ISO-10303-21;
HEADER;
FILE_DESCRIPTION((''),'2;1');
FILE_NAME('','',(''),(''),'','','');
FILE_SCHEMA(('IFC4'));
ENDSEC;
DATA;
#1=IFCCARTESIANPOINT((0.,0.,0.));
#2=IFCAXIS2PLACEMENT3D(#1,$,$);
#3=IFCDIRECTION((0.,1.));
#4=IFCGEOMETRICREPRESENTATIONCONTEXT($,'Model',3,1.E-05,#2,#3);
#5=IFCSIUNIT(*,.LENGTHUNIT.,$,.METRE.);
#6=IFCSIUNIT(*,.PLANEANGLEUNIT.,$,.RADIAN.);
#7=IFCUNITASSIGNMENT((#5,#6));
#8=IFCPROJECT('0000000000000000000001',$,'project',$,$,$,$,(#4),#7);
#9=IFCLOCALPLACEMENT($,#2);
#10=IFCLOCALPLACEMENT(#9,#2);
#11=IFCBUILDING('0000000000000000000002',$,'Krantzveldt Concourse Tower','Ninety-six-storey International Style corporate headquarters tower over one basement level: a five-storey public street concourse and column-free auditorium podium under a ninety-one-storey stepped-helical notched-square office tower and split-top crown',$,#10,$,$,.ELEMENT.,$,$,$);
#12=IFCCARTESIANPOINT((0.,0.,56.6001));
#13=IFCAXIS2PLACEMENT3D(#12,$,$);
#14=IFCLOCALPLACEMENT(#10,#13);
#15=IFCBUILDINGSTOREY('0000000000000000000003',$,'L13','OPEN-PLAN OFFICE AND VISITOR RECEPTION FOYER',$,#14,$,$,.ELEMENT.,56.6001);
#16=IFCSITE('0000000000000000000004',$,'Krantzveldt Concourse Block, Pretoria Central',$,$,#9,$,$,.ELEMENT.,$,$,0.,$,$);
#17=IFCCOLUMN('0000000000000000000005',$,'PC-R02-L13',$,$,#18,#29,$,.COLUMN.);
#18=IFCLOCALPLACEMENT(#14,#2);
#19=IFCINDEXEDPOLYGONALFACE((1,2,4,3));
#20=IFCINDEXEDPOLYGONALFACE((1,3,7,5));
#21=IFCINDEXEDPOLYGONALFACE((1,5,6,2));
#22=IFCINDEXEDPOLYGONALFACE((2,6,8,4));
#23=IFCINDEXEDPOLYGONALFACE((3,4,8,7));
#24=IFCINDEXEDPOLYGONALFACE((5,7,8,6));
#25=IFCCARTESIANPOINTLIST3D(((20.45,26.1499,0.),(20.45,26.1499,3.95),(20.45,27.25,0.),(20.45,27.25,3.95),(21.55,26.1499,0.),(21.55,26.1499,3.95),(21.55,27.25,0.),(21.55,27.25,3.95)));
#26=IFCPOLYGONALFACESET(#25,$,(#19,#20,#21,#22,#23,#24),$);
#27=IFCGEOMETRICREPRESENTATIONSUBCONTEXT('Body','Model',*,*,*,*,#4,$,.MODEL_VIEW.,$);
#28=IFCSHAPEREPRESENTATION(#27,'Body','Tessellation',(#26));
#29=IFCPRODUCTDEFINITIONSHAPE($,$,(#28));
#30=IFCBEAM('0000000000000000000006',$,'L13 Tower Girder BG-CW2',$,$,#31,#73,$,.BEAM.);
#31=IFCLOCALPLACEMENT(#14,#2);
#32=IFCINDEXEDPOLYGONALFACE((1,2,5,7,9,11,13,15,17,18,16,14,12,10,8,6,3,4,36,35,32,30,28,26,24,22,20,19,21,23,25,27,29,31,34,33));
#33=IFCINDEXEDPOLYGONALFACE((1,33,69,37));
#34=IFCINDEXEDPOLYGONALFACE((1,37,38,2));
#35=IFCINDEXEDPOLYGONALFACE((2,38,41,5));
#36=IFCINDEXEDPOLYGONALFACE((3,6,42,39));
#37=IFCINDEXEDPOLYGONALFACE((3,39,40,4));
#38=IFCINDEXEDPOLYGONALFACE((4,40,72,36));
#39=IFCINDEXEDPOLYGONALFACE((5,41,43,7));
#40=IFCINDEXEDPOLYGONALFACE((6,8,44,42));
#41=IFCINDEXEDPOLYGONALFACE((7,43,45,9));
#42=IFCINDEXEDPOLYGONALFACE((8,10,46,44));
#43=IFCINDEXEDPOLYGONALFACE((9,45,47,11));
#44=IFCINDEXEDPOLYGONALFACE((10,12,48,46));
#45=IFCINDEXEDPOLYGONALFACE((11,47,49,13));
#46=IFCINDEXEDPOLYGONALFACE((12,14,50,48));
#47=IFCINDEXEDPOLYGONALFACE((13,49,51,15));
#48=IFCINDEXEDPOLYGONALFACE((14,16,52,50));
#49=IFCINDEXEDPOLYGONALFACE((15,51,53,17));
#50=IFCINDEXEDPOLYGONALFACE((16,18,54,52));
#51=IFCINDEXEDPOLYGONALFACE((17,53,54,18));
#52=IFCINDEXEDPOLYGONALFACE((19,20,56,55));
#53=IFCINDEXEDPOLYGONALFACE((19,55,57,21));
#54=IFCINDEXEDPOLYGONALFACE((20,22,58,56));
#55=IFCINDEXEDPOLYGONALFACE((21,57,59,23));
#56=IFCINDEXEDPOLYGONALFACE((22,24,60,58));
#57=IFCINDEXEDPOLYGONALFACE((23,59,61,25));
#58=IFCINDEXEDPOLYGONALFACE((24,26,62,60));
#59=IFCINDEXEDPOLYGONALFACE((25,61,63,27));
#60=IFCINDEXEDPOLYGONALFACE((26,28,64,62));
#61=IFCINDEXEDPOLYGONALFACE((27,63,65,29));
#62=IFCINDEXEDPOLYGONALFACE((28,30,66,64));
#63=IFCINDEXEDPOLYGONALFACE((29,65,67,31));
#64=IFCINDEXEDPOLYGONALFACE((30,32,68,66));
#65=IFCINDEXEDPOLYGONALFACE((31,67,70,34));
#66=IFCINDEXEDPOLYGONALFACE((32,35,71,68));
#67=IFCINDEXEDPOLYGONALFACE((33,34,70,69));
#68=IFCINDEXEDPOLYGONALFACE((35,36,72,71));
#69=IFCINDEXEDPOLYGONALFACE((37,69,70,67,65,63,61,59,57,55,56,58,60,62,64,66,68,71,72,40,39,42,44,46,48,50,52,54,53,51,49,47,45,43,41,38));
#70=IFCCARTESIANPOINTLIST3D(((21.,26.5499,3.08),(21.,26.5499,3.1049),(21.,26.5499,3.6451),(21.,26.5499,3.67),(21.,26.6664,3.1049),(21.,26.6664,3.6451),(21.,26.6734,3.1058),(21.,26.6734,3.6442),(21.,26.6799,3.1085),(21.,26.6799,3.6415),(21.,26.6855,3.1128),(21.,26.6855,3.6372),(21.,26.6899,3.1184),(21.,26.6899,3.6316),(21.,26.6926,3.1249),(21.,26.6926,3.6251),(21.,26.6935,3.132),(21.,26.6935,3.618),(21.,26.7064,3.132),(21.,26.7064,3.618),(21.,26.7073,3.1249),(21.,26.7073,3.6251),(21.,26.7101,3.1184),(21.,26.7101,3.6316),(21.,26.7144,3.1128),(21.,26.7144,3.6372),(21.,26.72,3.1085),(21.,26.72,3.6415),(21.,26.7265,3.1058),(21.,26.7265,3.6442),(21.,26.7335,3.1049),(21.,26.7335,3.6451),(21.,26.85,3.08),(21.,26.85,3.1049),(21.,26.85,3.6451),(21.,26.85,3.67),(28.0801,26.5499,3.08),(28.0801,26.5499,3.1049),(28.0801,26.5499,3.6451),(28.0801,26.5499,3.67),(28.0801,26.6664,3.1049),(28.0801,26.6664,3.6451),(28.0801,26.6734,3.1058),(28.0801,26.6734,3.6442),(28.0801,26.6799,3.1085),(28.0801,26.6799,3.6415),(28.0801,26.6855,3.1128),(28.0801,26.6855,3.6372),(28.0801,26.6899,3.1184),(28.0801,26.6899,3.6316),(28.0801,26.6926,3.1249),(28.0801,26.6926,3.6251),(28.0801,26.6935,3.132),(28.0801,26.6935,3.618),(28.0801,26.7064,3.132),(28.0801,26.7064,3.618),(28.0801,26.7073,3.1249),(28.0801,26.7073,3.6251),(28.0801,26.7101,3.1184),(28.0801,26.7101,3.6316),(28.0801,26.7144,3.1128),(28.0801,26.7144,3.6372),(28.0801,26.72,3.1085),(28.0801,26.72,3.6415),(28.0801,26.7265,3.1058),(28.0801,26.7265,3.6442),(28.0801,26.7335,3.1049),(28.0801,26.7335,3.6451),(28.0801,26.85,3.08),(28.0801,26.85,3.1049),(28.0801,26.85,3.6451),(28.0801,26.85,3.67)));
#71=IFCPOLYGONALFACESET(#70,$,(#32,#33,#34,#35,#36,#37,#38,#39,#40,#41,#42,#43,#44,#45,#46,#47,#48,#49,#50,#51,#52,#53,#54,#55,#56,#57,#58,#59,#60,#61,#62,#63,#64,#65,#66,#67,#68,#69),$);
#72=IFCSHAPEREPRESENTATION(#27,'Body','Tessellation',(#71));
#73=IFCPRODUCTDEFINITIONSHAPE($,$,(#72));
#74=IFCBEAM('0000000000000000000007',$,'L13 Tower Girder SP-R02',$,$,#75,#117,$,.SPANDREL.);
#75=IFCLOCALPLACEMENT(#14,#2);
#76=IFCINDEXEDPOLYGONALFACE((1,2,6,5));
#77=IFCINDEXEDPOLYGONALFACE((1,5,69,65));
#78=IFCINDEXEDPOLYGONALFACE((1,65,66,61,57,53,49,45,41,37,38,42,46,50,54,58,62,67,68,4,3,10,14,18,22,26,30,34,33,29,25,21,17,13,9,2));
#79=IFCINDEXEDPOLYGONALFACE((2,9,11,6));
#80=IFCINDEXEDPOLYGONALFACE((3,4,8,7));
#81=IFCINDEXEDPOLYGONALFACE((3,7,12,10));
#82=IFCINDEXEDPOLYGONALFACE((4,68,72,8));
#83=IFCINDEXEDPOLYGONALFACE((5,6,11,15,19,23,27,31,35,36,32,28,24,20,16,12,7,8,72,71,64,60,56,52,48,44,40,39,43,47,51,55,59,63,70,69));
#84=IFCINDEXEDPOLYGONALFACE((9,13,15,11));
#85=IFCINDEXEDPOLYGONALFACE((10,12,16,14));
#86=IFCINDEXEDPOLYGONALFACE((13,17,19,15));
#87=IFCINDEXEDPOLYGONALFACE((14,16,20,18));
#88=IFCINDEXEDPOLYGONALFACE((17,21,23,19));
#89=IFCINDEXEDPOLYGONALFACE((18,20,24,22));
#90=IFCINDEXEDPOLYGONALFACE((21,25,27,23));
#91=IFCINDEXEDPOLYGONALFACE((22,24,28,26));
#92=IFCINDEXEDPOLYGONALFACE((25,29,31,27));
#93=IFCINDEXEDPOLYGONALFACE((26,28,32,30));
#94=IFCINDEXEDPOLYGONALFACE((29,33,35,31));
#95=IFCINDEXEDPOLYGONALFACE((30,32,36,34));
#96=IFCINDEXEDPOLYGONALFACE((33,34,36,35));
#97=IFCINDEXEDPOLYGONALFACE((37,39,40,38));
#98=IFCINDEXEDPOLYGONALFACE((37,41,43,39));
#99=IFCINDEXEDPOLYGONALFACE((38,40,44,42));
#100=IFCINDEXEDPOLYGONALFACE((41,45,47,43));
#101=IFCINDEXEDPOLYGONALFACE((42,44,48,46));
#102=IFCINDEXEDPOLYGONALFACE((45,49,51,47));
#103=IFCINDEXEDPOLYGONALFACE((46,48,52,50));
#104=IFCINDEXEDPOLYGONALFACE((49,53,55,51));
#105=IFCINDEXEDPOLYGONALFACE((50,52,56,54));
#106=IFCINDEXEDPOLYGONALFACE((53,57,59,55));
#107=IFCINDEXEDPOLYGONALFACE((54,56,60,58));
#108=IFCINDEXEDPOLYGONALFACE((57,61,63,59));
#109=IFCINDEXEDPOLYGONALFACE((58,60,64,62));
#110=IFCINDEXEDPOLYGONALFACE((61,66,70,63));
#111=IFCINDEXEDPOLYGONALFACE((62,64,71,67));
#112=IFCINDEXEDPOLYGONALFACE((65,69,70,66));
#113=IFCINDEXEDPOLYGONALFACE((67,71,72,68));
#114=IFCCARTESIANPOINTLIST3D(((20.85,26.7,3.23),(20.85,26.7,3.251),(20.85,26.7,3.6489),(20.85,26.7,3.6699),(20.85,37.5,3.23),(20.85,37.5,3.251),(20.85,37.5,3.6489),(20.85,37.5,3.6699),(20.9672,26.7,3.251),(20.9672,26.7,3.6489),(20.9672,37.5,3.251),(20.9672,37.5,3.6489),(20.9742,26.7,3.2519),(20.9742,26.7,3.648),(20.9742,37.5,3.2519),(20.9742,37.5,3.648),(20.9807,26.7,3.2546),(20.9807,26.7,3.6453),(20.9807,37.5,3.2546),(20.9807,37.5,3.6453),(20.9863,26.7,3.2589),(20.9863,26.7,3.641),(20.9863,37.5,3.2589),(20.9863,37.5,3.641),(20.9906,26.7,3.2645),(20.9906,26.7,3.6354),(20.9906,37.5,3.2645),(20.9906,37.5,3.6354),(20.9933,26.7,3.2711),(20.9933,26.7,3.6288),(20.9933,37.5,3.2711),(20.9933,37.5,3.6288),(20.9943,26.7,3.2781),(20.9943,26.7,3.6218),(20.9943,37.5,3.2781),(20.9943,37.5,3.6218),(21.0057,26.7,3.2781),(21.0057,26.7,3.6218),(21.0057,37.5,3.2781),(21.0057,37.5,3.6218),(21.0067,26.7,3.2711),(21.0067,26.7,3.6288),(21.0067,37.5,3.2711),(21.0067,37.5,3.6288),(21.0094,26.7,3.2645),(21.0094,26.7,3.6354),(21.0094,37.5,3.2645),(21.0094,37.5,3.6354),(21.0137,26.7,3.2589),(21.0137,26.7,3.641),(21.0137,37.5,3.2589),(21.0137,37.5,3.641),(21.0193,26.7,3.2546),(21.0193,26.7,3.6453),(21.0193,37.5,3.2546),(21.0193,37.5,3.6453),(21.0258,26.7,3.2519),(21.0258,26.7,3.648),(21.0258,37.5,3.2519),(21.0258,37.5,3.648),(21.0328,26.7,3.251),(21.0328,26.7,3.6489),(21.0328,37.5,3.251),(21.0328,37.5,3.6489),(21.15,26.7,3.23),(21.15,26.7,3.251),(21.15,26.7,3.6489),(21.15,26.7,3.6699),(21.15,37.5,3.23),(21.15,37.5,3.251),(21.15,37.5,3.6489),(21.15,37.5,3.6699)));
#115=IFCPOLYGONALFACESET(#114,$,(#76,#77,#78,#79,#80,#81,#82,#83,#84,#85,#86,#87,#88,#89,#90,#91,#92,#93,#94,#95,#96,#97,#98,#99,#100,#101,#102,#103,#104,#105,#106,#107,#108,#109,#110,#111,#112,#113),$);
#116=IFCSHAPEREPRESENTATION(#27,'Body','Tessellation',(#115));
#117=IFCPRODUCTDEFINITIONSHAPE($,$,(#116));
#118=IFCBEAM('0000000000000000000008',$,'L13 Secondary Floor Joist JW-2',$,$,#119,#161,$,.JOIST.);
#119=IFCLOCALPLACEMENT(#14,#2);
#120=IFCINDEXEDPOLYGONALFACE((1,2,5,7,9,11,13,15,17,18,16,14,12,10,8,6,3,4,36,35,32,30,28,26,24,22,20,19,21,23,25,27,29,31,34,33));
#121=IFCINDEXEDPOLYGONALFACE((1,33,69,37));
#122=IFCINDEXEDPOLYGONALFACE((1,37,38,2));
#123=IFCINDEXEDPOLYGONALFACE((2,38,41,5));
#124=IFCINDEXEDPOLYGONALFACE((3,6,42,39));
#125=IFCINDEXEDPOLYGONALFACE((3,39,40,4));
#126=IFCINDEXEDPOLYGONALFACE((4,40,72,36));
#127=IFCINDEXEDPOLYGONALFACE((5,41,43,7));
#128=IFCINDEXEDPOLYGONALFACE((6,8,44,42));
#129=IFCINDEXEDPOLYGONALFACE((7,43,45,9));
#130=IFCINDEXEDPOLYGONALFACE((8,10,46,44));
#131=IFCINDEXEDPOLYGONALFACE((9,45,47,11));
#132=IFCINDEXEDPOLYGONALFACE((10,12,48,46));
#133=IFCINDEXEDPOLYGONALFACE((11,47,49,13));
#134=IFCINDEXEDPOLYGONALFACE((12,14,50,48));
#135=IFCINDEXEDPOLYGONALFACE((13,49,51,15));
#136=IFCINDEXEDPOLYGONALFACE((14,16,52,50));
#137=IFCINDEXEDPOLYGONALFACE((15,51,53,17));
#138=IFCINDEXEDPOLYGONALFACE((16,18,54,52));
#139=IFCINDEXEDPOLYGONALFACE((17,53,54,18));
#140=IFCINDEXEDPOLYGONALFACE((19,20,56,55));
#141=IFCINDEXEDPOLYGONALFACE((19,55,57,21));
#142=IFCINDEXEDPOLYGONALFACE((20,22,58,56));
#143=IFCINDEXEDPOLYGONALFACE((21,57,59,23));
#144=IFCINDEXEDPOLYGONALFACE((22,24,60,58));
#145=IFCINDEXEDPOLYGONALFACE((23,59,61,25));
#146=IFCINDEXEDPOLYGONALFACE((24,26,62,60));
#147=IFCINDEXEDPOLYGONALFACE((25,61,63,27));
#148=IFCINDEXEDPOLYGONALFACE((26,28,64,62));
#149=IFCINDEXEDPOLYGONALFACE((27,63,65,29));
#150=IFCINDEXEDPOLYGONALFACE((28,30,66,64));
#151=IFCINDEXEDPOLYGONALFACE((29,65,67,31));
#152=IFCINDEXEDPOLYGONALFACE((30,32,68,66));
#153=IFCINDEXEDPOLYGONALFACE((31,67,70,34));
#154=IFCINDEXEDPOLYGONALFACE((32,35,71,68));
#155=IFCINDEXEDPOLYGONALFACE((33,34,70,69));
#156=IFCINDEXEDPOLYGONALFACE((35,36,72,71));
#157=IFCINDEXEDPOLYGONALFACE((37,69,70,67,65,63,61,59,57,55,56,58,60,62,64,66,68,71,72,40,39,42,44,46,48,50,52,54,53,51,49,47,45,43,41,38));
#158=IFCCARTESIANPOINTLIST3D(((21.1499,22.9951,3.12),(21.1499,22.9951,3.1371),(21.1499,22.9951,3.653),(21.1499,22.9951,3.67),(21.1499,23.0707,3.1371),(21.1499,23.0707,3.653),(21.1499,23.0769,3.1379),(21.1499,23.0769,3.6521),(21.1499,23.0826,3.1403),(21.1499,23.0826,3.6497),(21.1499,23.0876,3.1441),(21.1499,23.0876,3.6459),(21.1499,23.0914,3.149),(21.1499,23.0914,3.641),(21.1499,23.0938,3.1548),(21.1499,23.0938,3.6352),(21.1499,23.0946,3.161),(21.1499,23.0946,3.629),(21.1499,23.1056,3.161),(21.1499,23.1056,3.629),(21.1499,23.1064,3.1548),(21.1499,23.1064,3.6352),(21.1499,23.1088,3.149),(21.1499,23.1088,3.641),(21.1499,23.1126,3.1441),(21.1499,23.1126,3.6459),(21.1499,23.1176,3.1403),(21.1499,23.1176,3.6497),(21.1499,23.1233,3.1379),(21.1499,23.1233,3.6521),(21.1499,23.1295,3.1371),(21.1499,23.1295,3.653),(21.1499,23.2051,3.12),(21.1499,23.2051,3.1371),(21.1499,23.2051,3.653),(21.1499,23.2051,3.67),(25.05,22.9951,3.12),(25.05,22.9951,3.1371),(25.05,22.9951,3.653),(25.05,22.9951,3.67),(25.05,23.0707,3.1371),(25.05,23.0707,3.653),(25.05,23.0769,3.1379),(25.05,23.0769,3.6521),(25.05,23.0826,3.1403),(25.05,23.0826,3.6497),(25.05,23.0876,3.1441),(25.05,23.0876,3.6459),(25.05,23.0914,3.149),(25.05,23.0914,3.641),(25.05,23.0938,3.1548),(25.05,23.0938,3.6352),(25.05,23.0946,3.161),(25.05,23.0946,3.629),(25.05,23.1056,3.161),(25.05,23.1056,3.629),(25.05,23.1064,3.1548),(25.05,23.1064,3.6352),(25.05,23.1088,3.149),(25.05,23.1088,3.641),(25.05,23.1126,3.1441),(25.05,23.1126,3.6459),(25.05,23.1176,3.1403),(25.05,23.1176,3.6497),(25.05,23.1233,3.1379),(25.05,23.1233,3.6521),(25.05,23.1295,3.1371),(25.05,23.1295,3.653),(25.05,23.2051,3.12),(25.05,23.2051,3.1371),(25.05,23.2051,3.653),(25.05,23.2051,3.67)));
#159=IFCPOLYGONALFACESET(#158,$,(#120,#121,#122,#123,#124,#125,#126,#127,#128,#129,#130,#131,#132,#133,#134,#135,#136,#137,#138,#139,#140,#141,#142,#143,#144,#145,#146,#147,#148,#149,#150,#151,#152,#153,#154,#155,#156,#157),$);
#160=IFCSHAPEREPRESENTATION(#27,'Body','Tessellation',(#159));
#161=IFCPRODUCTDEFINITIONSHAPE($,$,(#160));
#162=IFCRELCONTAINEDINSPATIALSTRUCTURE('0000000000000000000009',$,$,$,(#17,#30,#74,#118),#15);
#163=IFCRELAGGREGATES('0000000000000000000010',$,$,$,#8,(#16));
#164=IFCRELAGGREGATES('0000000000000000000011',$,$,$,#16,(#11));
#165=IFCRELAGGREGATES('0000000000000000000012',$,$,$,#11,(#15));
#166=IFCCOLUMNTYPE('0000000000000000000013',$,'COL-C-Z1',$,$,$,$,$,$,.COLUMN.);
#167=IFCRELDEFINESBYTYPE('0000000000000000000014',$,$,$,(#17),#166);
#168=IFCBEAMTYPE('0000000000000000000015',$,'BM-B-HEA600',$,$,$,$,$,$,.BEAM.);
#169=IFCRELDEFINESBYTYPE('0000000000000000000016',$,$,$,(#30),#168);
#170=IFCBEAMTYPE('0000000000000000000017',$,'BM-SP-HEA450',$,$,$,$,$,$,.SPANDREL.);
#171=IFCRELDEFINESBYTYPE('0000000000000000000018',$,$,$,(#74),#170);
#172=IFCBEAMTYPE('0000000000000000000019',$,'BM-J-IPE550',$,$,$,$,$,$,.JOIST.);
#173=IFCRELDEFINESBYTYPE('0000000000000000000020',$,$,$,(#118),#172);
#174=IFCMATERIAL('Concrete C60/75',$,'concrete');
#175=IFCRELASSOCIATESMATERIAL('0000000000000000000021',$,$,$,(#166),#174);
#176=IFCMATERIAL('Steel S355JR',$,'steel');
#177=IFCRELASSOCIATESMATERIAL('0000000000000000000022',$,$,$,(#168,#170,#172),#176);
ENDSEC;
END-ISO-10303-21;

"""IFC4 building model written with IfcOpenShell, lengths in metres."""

from ifc_helpers import new_model, si_unit, direction, frame, origin, origin_2d, place, context, subcontext, project, spatial, rectangle, i_section, extrude, source, transform, mapped, material, material_profile, profile_set, type_object, type_shapes, element, save


model = new_model("IFC4")

# Units and contexts
model_context = context("Model", 3, precision=1e-05, world=origin(), true_north=direction((0.0, 1.0)))
body_context = subcontext(model_context, "Body", "Model", "MODEL_VIEW")
ifc_project = project(units=[si_unit("LENGTHUNIT", "METRE"), si_unit("PLANEANGLEUNIT", "RADIAN")], contexts=[model_context])

# Site, building, storey
site_placement = place(None, origin())
site = spatial("IfcSite", under=ifc_project, at=site_placement, Name="Krantzveldt Concourse Block, Pretoria Central", CompositionType="ELEMENT", RefElevation=0.0)
building_placement = place(site_placement, origin())
building = spatial("IfcBuilding", under=site, at=building_placement, Name="Krantzveldt Concourse Tower", Description="Ninety-six-storey International Style corporate headquarters tower over one basement level: a five-storey public street concourse and column-free auditorium podium under a ninety-one-storey stepped-helical notched-square office tower and split-top crown", CompositionType="ELEMENT")
storey_placement = place(building_placement, frame((0.0, 0.0, 56.6001)))
storey = spatial("IfcBuildingStorey", under=building, at=storey_placement, Name="L13", Description="OPEN-PLAN OFFICE AND VISITOR RECEPTION FOYER", CompositionType="ELEMENT", Elevation=56.6001)

# Column
ifc_material_1 = material(Name="Concrete C60/75", Category="concrete")
ifc_material_profile_1 = material_profile(ifc_material_1, rectangle(XDim=1.1001, YDim=1.1001, at=origin_2d()), Name="Concrete C60/75", Category="concrete")
ifc_profile_set_1 = profile_set([ifc_material_profile_1], Name="Concrete C60/75 - RC 1100x1100")
column_type = type_object("IfcColumnType", Name="COL-C-Z1", PredefinedType="COLUMN", material=ifc_profile_set_1)
shared_shape_1 = source(origin(), body_context, "Body", "SweptSolid", [
    extrude(rectangle(XDim=1.1001, YDim=1.1001, at=origin_2d()), origin(), (0.0, 0.0, 1.0), 3.95),
])
type_shapes(column_type, [shared_shape_1])
column_placement = place(storey_placement, frame((21.0, 26.7, 0.0), z_axis=(0.0, 0.0, 1.0), x_axis=(1.0, 0.0, 0.0)))
element("IfcColumn", 1, at=column_placement, inside=storey, type_object=column_type, Name="PC-R02-L13", PredefinedType="COLUMN", context=body_context, shape_type="MappedRepresentation", body=[
    mapped(shared_shape_1, transform((0.0, 0.0, 0.0), x_axis=(1.0, 0.0, 0.0), y_axis=(0.0, 1.0, 0.0), z_axis=(0.0, 0.0, 1.0), scale=1.0)),
])

# Beams
ifc_material_2 = material(Name="Steel S355JR", Category="steel")
ifc_material_profile_2 = material_profile(ifc_material_2, i_section(OverallWidth=0.3, OverallDepth=0.5901, WebThickness=0.0129, FlangeThickness=0.0249, FilletRadius=0.0271, at=origin_2d()), Name="Steel S355JR", Category="steel")
ifc_profile_set_2 = profile_set([ifc_material_profile_2], Name="Steel S355JR - HEA 600")
beam_type_1 = type_object("IfcBeamType", Name="BM-B-HEA600", PredefinedType="BEAM", material=ifc_profile_set_2)
shared_shape_2 = source(origin(), body_context, "Body", "SweptSolid", [
    extrude(i_section(OverallWidth=0.3, OverallDepth=0.5901, WebThickness=0.0129, FlangeThickness=0.0249, FilletRadius=0.0271, at=origin_2d()), origin(), (0.0, 0.0, 1.0), 7.0801),
])
type_shapes(beam_type_1, [shared_shape_2])
beam_1_placement = place(storey_placement, frame((21.0, 26.7, 3.375), z_axis=(1.0, 0.0, 0.0), x_axis=(0.0, 1.0, 0.0)))
element("IfcBeam", 2, at=beam_1_placement, inside=storey, type_object=beam_type_1, Name="L13 Tower Girder BG-CW2", PredefinedType="BEAM", context=body_context, shape_type="MappedRepresentation", body=[
    mapped(shared_shape_2, transform((0.0, 0.0, 0.0), x_axis=(1.0, 0.0, 0.0), y_axis=(0.0, 1.0, 0.0), z_axis=(0.0, 0.0, 1.0), scale=1.0)),
])
ifc_material_profile_3 = material_profile(ifc_material_2, i_section(OverallWidth=0.3, OverallDepth=0.4399, WebThickness=0.0115, FlangeThickness=0.021, FilletRadius=0.0271, at=origin_2d()), Name="Steel S355JR", Category="steel")
ifc_profile_set_3 = profile_set([ifc_material_profile_3], Name="Steel S355JR - HEA 450")
beam_type_2 = type_object("IfcBeamType", Name="BM-SP-HEA450", PredefinedType="SPANDREL", material=ifc_profile_set_3)
shared_shape_3 = source(origin(), body_context, "Body", "SweptSolid", [
    extrude(i_section(OverallWidth=0.3, OverallDepth=0.4399, WebThickness=0.0115, FlangeThickness=0.021, FilletRadius=0.0271, at=origin_2d()), origin(), (0.0, 0.0, 1.0), 10.8),
])
type_shapes(beam_type_2, [shared_shape_3])
beam_2_placement = place(storey_placement, frame((21.0, 26.7, 3.45), z_axis=(0.0, 1.0, 0.0), x_axis=(-1.0, 0.0, 0.0)))
element("IfcBeam", 3, at=beam_2_placement, inside=storey, type_object=beam_type_2, Name="L13 Tower Girder SP-R02", PredefinedType="SPANDREL", context=body_context, shape_type="MappedRepresentation", body=[
    mapped(shared_shape_3, transform((0.0, 0.0, 0.0), x_axis=(1.0, 0.0, 0.0), y_axis=(0.0, 1.0, 0.0), z_axis=(0.0, 0.0, 1.0), scale=1.0)),
])
ifc_material_profile_4 = material_profile(ifc_material_2, i_section(OverallWidth=0.21, OverallDepth=0.55, WebThickness=0.011, FlangeThickness=0.0171, FilletRadius=0.0239, at=origin_2d()), Name="Steel S355JR", Category="steel")
ifc_profile_set_4 = profile_set([ifc_material_profile_4], Name="Steel S355JR - IPE 550")
beam_type_3 = type_object("IfcBeamType", Name="BM-J-IPE550", PredefinedType="JOIST", material=ifc_profile_set_4)
shared_shape_4 = source(origin(), body_context, "Body", "SweptSolid", [
    extrude(i_section(OverallWidth=0.21, OverallDepth=0.55, WebThickness=0.011, FlangeThickness=0.0171, FilletRadius=0.0239, at=origin_2d()), origin(), (0.0, 0.0, 1.0), 3.9001),
])
type_shapes(beam_type_3, [shared_shape_4])
for number, where, z_axis, x_axis, name in (
    (4, (21.1499, 23.1001, 3.395), (1.0, 0.0, 0.0), (0.0, 1.0, 0.0), "L13 Secondary Floor Joist JW-2"),
):
    element("IfcBeam", number, at=place(storey_placement, frame(where, z_axis=z_axis, x_axis=x_axis)), inside=storey, type_object=beam_type_3, Name=name, PredefinedType="JOIST", context=body_context, shape_type="MappedRepresentation", body=[
        mapped(shared_shape_4, transform((0.0, 0.0, 0.0), x_axis=(1.0, 0.0, 0.0), y_axis=(0.0, 1.0, 0.0), z_axis=(0.0, 0.0, 1.0), scale=1.0)),
    ])

save(model, "model.ifc")
